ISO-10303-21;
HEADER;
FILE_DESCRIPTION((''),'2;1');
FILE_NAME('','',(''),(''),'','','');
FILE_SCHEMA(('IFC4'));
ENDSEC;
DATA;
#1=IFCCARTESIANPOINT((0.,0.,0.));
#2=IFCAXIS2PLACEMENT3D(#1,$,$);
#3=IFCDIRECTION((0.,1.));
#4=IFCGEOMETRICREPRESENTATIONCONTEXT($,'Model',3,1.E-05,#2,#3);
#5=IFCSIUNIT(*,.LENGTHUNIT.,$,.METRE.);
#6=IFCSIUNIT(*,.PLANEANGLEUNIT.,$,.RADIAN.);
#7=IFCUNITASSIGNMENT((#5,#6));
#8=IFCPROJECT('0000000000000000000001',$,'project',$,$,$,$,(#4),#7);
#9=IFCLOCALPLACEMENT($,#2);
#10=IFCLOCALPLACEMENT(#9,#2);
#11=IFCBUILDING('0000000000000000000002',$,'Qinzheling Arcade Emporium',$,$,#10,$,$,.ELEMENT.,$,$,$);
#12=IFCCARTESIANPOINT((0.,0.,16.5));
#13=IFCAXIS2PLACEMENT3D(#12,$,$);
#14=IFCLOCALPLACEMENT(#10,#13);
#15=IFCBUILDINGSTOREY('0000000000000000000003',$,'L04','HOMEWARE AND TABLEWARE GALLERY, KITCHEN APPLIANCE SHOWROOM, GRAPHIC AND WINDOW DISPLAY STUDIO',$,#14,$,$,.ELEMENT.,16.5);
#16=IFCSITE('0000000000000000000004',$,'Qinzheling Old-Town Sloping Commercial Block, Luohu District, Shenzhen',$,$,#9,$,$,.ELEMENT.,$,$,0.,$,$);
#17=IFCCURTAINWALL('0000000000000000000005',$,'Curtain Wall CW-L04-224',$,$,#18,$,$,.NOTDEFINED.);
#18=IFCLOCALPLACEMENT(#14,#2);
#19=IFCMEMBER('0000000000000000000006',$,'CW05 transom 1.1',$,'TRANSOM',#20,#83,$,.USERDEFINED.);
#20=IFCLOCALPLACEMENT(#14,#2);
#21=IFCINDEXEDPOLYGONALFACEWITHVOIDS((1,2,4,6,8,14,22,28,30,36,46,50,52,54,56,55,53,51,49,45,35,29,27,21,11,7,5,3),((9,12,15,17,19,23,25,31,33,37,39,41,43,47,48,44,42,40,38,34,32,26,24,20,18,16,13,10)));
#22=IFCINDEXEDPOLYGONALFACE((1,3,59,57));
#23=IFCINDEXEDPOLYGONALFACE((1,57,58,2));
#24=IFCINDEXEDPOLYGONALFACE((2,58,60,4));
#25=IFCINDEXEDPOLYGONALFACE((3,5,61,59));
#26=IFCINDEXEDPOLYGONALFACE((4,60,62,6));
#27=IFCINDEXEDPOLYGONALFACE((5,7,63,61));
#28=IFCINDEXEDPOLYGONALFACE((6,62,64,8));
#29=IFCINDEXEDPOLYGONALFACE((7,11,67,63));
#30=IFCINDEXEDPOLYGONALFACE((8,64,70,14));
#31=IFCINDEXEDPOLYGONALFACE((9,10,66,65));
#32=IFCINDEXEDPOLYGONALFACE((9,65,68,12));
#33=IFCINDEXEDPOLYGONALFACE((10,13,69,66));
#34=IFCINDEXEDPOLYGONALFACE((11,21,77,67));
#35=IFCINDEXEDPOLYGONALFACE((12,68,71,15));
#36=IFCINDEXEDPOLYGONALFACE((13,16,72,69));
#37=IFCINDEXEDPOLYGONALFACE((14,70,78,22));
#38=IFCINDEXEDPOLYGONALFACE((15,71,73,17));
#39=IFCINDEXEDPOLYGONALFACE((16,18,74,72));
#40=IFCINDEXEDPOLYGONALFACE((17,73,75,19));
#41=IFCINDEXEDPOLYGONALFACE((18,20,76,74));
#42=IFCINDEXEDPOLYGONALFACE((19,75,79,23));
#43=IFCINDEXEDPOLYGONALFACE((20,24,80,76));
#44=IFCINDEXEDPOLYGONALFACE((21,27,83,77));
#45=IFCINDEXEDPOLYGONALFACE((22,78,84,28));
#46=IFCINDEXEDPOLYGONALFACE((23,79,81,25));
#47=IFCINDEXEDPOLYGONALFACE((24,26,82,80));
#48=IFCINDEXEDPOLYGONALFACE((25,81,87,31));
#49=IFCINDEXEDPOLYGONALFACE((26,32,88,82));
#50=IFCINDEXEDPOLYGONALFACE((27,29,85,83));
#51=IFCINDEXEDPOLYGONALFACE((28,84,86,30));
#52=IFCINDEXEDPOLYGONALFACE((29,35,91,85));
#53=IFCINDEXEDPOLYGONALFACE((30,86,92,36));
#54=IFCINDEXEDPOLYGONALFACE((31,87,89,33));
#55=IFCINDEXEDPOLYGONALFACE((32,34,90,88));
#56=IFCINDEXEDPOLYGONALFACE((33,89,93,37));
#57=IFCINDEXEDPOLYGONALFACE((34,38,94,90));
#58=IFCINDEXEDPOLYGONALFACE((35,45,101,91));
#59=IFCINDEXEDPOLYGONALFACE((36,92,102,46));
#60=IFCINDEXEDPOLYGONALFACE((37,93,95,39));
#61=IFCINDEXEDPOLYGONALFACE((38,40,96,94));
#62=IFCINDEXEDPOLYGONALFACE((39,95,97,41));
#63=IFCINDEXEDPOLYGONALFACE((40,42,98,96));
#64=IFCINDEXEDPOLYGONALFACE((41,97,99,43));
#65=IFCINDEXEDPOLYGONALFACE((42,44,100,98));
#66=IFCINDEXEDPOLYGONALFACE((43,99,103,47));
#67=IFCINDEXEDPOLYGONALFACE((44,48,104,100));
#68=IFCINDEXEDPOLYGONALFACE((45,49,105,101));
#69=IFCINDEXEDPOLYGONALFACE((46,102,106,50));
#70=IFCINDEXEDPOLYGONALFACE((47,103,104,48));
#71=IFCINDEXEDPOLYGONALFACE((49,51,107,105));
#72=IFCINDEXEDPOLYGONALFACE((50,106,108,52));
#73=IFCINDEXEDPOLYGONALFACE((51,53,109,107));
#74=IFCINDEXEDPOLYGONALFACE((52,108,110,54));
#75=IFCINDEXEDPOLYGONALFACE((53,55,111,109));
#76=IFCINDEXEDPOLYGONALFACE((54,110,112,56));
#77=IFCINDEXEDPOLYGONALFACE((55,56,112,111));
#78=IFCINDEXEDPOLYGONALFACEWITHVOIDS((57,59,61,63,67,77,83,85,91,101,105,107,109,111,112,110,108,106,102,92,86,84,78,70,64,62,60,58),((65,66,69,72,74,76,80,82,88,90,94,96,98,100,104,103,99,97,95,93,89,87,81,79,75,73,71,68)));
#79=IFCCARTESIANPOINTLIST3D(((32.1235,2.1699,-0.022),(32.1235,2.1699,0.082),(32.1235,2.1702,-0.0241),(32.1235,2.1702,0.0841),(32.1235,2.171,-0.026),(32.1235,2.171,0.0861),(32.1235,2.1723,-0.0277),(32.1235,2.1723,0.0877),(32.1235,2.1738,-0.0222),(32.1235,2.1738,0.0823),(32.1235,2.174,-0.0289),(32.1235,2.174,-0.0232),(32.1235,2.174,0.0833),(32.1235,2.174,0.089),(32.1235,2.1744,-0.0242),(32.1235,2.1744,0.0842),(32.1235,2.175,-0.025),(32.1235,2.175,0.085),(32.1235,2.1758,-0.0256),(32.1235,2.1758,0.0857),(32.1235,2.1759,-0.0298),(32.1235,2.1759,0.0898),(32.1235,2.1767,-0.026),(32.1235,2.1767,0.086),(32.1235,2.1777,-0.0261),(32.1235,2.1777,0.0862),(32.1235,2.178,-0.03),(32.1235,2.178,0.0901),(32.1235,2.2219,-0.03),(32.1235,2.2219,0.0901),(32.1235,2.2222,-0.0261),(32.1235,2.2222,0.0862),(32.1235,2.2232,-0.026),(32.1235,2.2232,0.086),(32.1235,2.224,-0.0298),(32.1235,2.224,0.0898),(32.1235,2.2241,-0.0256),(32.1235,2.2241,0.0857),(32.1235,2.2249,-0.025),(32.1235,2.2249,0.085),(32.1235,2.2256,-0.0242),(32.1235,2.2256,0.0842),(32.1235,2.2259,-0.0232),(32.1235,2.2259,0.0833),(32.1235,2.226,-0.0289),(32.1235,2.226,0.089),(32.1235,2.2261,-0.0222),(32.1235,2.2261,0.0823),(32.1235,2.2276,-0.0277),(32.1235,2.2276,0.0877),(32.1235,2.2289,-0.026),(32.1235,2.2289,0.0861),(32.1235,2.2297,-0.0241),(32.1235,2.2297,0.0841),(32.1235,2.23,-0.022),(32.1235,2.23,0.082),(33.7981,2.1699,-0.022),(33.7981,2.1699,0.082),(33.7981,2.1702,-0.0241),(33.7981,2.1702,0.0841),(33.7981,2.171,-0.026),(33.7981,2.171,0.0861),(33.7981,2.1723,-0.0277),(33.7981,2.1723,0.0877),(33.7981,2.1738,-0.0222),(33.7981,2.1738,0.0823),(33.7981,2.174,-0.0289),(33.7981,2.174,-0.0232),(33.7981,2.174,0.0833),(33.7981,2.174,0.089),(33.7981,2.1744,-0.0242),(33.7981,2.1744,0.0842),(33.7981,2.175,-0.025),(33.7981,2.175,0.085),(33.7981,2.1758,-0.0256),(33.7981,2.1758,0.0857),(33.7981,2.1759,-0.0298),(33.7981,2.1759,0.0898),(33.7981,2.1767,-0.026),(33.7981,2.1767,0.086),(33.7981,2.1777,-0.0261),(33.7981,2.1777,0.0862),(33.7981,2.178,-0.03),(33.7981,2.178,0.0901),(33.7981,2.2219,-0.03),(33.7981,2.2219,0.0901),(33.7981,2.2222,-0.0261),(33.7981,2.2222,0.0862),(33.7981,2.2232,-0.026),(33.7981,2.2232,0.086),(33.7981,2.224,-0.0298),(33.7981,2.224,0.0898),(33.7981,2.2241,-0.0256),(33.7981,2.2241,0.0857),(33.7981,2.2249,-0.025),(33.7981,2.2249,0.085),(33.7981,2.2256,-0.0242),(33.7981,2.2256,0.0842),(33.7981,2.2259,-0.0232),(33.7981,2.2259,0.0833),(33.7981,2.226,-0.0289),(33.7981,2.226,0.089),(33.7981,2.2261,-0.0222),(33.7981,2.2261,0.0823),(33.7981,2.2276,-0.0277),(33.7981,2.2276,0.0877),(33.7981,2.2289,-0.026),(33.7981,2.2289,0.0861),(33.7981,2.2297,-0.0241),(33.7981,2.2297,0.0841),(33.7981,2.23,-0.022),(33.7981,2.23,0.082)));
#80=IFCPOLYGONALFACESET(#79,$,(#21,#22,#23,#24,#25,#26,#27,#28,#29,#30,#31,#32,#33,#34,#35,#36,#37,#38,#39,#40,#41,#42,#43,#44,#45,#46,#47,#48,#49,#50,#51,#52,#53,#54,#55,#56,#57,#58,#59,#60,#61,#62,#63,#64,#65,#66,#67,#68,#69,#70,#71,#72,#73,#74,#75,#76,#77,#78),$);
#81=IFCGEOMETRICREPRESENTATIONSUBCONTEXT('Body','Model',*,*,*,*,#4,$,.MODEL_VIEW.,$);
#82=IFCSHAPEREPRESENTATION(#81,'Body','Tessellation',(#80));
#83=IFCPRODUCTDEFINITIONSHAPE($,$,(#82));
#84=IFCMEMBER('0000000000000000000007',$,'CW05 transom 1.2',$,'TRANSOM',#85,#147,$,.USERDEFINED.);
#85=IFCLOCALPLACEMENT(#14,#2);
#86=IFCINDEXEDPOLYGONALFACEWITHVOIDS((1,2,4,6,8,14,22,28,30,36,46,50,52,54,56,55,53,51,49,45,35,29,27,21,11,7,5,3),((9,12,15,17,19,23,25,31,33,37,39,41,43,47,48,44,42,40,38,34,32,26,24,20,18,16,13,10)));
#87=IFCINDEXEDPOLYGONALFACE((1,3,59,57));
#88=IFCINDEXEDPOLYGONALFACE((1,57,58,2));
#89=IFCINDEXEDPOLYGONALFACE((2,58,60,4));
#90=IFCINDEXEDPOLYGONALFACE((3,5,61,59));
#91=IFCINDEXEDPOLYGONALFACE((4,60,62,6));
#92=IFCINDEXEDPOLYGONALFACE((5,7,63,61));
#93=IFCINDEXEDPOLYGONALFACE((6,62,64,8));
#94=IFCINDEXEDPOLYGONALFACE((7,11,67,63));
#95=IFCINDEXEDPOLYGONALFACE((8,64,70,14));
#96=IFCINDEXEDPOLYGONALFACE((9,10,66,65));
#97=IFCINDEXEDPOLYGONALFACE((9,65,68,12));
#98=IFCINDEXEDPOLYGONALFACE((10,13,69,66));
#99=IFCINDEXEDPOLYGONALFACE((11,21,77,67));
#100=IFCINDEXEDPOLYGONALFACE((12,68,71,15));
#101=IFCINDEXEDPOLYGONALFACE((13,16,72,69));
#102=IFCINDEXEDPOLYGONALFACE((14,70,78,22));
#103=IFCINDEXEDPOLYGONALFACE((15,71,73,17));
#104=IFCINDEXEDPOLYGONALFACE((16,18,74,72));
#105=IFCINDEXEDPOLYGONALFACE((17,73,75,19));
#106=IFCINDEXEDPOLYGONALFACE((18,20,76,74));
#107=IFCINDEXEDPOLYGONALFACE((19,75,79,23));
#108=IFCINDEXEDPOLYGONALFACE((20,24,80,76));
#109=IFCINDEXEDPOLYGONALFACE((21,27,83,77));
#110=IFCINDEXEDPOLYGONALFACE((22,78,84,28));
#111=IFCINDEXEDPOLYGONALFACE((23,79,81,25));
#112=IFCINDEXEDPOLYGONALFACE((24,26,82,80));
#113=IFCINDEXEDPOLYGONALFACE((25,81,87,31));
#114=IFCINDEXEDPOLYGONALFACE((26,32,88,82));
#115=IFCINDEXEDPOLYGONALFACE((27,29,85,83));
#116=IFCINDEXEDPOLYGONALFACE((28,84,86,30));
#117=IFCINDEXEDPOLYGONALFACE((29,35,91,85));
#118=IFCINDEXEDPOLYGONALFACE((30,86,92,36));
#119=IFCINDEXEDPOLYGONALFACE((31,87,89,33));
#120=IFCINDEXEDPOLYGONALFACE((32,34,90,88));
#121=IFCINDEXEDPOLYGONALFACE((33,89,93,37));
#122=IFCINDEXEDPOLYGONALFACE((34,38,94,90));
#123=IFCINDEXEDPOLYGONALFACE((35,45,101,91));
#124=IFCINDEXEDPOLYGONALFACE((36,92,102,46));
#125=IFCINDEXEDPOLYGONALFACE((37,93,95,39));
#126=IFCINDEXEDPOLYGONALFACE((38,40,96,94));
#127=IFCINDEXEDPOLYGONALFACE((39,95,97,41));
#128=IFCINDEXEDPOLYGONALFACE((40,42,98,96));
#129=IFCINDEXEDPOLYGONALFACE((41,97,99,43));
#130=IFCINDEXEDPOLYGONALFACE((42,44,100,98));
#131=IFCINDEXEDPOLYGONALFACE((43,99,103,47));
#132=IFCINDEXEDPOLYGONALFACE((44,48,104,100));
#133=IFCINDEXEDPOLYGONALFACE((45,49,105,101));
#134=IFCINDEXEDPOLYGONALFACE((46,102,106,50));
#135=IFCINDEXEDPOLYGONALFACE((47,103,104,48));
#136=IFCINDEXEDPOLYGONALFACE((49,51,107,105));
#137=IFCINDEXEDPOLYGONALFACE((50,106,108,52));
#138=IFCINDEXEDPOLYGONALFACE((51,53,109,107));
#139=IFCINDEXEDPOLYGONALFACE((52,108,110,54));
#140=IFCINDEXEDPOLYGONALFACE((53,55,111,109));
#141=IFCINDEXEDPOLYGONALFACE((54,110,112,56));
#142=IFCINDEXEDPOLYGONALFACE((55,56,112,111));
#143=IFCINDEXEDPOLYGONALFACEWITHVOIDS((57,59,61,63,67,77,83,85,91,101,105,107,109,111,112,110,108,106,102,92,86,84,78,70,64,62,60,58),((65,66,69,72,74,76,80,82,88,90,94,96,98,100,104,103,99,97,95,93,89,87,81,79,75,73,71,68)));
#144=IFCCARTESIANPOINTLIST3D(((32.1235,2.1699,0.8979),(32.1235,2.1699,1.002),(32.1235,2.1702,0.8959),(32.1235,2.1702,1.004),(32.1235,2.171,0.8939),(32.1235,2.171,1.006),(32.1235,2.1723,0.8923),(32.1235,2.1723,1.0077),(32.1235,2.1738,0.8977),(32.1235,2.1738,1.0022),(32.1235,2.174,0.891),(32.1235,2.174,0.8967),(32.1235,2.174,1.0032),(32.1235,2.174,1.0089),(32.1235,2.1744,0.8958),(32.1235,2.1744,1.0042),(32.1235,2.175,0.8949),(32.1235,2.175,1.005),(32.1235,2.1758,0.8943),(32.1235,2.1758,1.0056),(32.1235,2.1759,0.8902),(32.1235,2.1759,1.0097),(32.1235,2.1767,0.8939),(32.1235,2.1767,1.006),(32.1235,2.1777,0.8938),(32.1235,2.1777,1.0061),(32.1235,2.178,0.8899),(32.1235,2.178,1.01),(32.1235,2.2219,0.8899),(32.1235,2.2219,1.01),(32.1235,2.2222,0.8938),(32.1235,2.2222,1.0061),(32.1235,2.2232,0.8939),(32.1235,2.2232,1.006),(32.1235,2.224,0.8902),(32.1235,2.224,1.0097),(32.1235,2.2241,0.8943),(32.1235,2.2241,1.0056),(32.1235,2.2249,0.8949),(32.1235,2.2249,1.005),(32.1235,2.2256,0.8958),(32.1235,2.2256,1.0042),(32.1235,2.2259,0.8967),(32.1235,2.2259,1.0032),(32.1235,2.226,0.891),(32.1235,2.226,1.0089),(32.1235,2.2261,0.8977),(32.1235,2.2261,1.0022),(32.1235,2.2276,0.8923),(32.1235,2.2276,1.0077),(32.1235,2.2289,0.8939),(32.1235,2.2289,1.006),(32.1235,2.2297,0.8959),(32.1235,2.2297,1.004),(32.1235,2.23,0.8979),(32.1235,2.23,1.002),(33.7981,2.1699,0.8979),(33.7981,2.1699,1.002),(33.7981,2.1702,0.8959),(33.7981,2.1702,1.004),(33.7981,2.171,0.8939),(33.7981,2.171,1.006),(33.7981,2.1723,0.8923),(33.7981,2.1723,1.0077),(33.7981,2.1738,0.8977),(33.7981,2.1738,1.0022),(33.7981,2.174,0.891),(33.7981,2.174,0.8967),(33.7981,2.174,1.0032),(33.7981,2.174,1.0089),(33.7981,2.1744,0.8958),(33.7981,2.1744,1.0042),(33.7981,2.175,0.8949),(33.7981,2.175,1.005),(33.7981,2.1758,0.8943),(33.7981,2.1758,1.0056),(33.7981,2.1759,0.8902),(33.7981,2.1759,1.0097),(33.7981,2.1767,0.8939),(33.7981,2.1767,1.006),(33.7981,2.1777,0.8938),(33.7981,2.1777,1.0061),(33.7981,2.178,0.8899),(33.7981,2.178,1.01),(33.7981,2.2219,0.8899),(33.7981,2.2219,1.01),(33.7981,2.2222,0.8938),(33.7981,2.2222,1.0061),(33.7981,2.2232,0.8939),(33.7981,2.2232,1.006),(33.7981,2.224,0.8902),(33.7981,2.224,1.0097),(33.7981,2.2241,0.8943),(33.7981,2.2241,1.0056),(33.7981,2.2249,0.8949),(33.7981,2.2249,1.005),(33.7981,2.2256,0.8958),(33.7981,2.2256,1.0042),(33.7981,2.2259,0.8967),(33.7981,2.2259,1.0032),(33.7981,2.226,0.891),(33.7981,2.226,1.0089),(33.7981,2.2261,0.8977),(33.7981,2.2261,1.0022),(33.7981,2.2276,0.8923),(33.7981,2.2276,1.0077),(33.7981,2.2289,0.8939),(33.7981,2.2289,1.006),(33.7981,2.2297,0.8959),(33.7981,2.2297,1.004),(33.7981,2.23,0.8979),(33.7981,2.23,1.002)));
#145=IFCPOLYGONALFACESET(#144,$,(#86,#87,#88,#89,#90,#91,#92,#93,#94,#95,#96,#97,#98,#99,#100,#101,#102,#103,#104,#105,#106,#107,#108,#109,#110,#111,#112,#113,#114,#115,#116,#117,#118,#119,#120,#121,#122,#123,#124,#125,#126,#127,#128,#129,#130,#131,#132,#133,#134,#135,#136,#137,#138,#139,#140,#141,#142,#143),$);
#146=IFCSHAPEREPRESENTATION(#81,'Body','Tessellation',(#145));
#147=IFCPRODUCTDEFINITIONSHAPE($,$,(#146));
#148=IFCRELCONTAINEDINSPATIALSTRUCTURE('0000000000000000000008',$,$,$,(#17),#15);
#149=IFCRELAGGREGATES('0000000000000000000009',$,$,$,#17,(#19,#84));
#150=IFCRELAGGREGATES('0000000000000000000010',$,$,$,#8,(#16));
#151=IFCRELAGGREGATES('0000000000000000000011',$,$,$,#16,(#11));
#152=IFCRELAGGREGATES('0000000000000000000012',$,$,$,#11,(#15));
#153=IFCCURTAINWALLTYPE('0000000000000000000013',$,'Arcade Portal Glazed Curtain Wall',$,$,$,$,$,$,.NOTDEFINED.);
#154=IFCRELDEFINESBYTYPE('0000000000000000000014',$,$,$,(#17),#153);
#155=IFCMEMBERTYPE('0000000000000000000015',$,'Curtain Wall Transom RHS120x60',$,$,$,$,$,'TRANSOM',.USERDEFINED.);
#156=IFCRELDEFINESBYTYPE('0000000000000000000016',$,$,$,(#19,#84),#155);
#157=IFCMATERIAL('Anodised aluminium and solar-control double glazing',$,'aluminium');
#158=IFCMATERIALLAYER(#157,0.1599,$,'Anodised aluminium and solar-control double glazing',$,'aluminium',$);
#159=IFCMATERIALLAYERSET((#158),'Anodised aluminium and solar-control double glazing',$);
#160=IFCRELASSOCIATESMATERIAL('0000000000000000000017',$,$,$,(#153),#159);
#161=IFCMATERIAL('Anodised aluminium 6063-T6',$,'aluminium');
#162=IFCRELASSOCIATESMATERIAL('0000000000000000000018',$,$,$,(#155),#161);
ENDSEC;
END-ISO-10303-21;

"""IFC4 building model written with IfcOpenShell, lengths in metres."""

from ifc_helpers import new_model, si_unit, direction, frame, origin, origin_2d, place, context, subcontext, project, spatial, hollow_rectangle, extrude, material, layer, layer_set, material_profile, profile_set, type_object, element, aggregate, save


model = new_model("IFC4")

# Units and contexts
model_context = context("Model", 3, precision=1e-05, world=origin(), true_north=direction((0.0, 1.0)))
body_context = subcontext(model_context, "Body", "Model", "MODEL_VIEW")
ifc_project = project(units=[si_unit("LENGTHUNIT", "METRE"), si_unit("PLANEANGLEUNIT", "RADIAN")], contexts=[model_context])

# Site, building, storey
site_placement = place(None, origin())
site = spatial("IfcSite", under=ifc_project, at=site_placement, Name="Qinzheling Old-Town Sloping Commercial Block, Luohu District, Shenzhen", CompositionType="ELEMENT", RefElevation=0.0)
building_placement = place(site_placement, origin())
building = spatial("IfcBuilding", under=site, at=building_placement, Name="Qinzheling Arcade Emporium", CompositionType="ELEMENT")
storey_placement = place(building_placement, frame((0.0, 0.0, 16.5)))
storey = spatial("IfcBuildingStorey", under=building, at=storey_placement, Name="L04", Description="HOMEWARE AND TABLEWARE GALLERY, KITCHEN APPLIANCE SHOWROOM, GRAPHIC AND WINDOW DISPLAY STUDIO", CompositionType="ELEMENT", Elevation=16.5)

# Shared definitions
ifc_material_1 = material(Name="Anodised aluminium and solar-control double glazing", Category="aluminium")
ifc_layer_1 = layer(ifc_material_1, 0.1599, Name="Anodised aluminium and solar-control double glazing", Category="aluminium")
ifc_layer_set_1 = layer_set([ifc_layer_1], Name="Anodised aluminium and solar-control double glazing")
curtain_wall_type = type_object("IfcCurtainWallType", Name="Arcade Portal Glazed Curtain Wall", PredefinedType="NOTDEFINED", material=ifc_layer_set_1)
ifc_material_2 = material(Name="Anodised aluminium 6063-T6", Category="aluminium")

# Curtain wall
curtain_wall_1_placement = place(storey_placement, origin())
curtain_wall_1 = element("IfcCurtainWall", 1, at=curtain_wall_1_placement, inside=storey, type_object=curtain_wall_type, Name="Curtain Wall CW-L04-224", PredefinedType="NOTDEFINED")

# Members
ifc_material_profile_1 = material_profile(ifc_material_2, hollow_rectangle(XDim=0.0601, YDim=0.1201, WallThickness=0.0039, InnerFilletRadius=0.0039, OuterFilletRadius=0.0081, at=origin_2d()), Name="RHS 120x60x4", Category="aluminium")
ifc_profile_set_1 = profile_set([ifc_material_profile_1], Name="Anodised aluminium 6063-T6")
member_type_1 = type_object("IfcMemberType", Name="Curtain Wall Transom RHS120x60", ElementType="TRANSOM", PredefinedType="USERDEFINED", material=ifc_profile_set_1)
member_1_placement = place(storey_placement, frame((33.7981, 2.2, 0.03), z_axis=(-1.0, 0.0, 0.0), x_axis=(0.0, -1.0, 0.0)))
member_1 = element("IfcMember", 2, at=member_1_placement, type_object=member_type_1, Name="CW05 transom 1.1", ObjectType="TRANSOM", PredefinedType="USERDEFINED", context=body_context, shape_type="SweptSolid", body=[
    extrude(hollow_rectangle(XDim=0.0601, YDim=0.1201, WallThickness=0.0039, InnerFilletRadius=0.0039, OuterFilletRadius=0.0081, at=origin_2d()), origin(), (0.0, 0.0, 1.0), 1.6746),
])
member_2_placement = place(storey_placement, frame((33.7981, 2.2, 0.95), z_axis=(-1.0, 0.0, 0.0), x_axis=(0.0, -1.0, 0.0)))
member_2 = element("IfcMember", 3, at=member_2_placement, type_object=member_type_1, Name="CW05 transom 1.2", ObjectType="TRANSOM", PredefinedType="USERDEFINED", context=body_context, shape_type="SweptSolid", body=[
    extrude(hollow_rectangle(XDim=0.0601, YDim=0.1201, WallThickness=0.0039, InnerFilletRadius=0.0039, OuterFilletRadius=0.0081, at=origin_2d()), origin(), (0.0, 0.0, 1.0), 1.6746),
])

aggregate(curtain_wall_1, [member_1, member_2])

save(model, "model.ifc")
